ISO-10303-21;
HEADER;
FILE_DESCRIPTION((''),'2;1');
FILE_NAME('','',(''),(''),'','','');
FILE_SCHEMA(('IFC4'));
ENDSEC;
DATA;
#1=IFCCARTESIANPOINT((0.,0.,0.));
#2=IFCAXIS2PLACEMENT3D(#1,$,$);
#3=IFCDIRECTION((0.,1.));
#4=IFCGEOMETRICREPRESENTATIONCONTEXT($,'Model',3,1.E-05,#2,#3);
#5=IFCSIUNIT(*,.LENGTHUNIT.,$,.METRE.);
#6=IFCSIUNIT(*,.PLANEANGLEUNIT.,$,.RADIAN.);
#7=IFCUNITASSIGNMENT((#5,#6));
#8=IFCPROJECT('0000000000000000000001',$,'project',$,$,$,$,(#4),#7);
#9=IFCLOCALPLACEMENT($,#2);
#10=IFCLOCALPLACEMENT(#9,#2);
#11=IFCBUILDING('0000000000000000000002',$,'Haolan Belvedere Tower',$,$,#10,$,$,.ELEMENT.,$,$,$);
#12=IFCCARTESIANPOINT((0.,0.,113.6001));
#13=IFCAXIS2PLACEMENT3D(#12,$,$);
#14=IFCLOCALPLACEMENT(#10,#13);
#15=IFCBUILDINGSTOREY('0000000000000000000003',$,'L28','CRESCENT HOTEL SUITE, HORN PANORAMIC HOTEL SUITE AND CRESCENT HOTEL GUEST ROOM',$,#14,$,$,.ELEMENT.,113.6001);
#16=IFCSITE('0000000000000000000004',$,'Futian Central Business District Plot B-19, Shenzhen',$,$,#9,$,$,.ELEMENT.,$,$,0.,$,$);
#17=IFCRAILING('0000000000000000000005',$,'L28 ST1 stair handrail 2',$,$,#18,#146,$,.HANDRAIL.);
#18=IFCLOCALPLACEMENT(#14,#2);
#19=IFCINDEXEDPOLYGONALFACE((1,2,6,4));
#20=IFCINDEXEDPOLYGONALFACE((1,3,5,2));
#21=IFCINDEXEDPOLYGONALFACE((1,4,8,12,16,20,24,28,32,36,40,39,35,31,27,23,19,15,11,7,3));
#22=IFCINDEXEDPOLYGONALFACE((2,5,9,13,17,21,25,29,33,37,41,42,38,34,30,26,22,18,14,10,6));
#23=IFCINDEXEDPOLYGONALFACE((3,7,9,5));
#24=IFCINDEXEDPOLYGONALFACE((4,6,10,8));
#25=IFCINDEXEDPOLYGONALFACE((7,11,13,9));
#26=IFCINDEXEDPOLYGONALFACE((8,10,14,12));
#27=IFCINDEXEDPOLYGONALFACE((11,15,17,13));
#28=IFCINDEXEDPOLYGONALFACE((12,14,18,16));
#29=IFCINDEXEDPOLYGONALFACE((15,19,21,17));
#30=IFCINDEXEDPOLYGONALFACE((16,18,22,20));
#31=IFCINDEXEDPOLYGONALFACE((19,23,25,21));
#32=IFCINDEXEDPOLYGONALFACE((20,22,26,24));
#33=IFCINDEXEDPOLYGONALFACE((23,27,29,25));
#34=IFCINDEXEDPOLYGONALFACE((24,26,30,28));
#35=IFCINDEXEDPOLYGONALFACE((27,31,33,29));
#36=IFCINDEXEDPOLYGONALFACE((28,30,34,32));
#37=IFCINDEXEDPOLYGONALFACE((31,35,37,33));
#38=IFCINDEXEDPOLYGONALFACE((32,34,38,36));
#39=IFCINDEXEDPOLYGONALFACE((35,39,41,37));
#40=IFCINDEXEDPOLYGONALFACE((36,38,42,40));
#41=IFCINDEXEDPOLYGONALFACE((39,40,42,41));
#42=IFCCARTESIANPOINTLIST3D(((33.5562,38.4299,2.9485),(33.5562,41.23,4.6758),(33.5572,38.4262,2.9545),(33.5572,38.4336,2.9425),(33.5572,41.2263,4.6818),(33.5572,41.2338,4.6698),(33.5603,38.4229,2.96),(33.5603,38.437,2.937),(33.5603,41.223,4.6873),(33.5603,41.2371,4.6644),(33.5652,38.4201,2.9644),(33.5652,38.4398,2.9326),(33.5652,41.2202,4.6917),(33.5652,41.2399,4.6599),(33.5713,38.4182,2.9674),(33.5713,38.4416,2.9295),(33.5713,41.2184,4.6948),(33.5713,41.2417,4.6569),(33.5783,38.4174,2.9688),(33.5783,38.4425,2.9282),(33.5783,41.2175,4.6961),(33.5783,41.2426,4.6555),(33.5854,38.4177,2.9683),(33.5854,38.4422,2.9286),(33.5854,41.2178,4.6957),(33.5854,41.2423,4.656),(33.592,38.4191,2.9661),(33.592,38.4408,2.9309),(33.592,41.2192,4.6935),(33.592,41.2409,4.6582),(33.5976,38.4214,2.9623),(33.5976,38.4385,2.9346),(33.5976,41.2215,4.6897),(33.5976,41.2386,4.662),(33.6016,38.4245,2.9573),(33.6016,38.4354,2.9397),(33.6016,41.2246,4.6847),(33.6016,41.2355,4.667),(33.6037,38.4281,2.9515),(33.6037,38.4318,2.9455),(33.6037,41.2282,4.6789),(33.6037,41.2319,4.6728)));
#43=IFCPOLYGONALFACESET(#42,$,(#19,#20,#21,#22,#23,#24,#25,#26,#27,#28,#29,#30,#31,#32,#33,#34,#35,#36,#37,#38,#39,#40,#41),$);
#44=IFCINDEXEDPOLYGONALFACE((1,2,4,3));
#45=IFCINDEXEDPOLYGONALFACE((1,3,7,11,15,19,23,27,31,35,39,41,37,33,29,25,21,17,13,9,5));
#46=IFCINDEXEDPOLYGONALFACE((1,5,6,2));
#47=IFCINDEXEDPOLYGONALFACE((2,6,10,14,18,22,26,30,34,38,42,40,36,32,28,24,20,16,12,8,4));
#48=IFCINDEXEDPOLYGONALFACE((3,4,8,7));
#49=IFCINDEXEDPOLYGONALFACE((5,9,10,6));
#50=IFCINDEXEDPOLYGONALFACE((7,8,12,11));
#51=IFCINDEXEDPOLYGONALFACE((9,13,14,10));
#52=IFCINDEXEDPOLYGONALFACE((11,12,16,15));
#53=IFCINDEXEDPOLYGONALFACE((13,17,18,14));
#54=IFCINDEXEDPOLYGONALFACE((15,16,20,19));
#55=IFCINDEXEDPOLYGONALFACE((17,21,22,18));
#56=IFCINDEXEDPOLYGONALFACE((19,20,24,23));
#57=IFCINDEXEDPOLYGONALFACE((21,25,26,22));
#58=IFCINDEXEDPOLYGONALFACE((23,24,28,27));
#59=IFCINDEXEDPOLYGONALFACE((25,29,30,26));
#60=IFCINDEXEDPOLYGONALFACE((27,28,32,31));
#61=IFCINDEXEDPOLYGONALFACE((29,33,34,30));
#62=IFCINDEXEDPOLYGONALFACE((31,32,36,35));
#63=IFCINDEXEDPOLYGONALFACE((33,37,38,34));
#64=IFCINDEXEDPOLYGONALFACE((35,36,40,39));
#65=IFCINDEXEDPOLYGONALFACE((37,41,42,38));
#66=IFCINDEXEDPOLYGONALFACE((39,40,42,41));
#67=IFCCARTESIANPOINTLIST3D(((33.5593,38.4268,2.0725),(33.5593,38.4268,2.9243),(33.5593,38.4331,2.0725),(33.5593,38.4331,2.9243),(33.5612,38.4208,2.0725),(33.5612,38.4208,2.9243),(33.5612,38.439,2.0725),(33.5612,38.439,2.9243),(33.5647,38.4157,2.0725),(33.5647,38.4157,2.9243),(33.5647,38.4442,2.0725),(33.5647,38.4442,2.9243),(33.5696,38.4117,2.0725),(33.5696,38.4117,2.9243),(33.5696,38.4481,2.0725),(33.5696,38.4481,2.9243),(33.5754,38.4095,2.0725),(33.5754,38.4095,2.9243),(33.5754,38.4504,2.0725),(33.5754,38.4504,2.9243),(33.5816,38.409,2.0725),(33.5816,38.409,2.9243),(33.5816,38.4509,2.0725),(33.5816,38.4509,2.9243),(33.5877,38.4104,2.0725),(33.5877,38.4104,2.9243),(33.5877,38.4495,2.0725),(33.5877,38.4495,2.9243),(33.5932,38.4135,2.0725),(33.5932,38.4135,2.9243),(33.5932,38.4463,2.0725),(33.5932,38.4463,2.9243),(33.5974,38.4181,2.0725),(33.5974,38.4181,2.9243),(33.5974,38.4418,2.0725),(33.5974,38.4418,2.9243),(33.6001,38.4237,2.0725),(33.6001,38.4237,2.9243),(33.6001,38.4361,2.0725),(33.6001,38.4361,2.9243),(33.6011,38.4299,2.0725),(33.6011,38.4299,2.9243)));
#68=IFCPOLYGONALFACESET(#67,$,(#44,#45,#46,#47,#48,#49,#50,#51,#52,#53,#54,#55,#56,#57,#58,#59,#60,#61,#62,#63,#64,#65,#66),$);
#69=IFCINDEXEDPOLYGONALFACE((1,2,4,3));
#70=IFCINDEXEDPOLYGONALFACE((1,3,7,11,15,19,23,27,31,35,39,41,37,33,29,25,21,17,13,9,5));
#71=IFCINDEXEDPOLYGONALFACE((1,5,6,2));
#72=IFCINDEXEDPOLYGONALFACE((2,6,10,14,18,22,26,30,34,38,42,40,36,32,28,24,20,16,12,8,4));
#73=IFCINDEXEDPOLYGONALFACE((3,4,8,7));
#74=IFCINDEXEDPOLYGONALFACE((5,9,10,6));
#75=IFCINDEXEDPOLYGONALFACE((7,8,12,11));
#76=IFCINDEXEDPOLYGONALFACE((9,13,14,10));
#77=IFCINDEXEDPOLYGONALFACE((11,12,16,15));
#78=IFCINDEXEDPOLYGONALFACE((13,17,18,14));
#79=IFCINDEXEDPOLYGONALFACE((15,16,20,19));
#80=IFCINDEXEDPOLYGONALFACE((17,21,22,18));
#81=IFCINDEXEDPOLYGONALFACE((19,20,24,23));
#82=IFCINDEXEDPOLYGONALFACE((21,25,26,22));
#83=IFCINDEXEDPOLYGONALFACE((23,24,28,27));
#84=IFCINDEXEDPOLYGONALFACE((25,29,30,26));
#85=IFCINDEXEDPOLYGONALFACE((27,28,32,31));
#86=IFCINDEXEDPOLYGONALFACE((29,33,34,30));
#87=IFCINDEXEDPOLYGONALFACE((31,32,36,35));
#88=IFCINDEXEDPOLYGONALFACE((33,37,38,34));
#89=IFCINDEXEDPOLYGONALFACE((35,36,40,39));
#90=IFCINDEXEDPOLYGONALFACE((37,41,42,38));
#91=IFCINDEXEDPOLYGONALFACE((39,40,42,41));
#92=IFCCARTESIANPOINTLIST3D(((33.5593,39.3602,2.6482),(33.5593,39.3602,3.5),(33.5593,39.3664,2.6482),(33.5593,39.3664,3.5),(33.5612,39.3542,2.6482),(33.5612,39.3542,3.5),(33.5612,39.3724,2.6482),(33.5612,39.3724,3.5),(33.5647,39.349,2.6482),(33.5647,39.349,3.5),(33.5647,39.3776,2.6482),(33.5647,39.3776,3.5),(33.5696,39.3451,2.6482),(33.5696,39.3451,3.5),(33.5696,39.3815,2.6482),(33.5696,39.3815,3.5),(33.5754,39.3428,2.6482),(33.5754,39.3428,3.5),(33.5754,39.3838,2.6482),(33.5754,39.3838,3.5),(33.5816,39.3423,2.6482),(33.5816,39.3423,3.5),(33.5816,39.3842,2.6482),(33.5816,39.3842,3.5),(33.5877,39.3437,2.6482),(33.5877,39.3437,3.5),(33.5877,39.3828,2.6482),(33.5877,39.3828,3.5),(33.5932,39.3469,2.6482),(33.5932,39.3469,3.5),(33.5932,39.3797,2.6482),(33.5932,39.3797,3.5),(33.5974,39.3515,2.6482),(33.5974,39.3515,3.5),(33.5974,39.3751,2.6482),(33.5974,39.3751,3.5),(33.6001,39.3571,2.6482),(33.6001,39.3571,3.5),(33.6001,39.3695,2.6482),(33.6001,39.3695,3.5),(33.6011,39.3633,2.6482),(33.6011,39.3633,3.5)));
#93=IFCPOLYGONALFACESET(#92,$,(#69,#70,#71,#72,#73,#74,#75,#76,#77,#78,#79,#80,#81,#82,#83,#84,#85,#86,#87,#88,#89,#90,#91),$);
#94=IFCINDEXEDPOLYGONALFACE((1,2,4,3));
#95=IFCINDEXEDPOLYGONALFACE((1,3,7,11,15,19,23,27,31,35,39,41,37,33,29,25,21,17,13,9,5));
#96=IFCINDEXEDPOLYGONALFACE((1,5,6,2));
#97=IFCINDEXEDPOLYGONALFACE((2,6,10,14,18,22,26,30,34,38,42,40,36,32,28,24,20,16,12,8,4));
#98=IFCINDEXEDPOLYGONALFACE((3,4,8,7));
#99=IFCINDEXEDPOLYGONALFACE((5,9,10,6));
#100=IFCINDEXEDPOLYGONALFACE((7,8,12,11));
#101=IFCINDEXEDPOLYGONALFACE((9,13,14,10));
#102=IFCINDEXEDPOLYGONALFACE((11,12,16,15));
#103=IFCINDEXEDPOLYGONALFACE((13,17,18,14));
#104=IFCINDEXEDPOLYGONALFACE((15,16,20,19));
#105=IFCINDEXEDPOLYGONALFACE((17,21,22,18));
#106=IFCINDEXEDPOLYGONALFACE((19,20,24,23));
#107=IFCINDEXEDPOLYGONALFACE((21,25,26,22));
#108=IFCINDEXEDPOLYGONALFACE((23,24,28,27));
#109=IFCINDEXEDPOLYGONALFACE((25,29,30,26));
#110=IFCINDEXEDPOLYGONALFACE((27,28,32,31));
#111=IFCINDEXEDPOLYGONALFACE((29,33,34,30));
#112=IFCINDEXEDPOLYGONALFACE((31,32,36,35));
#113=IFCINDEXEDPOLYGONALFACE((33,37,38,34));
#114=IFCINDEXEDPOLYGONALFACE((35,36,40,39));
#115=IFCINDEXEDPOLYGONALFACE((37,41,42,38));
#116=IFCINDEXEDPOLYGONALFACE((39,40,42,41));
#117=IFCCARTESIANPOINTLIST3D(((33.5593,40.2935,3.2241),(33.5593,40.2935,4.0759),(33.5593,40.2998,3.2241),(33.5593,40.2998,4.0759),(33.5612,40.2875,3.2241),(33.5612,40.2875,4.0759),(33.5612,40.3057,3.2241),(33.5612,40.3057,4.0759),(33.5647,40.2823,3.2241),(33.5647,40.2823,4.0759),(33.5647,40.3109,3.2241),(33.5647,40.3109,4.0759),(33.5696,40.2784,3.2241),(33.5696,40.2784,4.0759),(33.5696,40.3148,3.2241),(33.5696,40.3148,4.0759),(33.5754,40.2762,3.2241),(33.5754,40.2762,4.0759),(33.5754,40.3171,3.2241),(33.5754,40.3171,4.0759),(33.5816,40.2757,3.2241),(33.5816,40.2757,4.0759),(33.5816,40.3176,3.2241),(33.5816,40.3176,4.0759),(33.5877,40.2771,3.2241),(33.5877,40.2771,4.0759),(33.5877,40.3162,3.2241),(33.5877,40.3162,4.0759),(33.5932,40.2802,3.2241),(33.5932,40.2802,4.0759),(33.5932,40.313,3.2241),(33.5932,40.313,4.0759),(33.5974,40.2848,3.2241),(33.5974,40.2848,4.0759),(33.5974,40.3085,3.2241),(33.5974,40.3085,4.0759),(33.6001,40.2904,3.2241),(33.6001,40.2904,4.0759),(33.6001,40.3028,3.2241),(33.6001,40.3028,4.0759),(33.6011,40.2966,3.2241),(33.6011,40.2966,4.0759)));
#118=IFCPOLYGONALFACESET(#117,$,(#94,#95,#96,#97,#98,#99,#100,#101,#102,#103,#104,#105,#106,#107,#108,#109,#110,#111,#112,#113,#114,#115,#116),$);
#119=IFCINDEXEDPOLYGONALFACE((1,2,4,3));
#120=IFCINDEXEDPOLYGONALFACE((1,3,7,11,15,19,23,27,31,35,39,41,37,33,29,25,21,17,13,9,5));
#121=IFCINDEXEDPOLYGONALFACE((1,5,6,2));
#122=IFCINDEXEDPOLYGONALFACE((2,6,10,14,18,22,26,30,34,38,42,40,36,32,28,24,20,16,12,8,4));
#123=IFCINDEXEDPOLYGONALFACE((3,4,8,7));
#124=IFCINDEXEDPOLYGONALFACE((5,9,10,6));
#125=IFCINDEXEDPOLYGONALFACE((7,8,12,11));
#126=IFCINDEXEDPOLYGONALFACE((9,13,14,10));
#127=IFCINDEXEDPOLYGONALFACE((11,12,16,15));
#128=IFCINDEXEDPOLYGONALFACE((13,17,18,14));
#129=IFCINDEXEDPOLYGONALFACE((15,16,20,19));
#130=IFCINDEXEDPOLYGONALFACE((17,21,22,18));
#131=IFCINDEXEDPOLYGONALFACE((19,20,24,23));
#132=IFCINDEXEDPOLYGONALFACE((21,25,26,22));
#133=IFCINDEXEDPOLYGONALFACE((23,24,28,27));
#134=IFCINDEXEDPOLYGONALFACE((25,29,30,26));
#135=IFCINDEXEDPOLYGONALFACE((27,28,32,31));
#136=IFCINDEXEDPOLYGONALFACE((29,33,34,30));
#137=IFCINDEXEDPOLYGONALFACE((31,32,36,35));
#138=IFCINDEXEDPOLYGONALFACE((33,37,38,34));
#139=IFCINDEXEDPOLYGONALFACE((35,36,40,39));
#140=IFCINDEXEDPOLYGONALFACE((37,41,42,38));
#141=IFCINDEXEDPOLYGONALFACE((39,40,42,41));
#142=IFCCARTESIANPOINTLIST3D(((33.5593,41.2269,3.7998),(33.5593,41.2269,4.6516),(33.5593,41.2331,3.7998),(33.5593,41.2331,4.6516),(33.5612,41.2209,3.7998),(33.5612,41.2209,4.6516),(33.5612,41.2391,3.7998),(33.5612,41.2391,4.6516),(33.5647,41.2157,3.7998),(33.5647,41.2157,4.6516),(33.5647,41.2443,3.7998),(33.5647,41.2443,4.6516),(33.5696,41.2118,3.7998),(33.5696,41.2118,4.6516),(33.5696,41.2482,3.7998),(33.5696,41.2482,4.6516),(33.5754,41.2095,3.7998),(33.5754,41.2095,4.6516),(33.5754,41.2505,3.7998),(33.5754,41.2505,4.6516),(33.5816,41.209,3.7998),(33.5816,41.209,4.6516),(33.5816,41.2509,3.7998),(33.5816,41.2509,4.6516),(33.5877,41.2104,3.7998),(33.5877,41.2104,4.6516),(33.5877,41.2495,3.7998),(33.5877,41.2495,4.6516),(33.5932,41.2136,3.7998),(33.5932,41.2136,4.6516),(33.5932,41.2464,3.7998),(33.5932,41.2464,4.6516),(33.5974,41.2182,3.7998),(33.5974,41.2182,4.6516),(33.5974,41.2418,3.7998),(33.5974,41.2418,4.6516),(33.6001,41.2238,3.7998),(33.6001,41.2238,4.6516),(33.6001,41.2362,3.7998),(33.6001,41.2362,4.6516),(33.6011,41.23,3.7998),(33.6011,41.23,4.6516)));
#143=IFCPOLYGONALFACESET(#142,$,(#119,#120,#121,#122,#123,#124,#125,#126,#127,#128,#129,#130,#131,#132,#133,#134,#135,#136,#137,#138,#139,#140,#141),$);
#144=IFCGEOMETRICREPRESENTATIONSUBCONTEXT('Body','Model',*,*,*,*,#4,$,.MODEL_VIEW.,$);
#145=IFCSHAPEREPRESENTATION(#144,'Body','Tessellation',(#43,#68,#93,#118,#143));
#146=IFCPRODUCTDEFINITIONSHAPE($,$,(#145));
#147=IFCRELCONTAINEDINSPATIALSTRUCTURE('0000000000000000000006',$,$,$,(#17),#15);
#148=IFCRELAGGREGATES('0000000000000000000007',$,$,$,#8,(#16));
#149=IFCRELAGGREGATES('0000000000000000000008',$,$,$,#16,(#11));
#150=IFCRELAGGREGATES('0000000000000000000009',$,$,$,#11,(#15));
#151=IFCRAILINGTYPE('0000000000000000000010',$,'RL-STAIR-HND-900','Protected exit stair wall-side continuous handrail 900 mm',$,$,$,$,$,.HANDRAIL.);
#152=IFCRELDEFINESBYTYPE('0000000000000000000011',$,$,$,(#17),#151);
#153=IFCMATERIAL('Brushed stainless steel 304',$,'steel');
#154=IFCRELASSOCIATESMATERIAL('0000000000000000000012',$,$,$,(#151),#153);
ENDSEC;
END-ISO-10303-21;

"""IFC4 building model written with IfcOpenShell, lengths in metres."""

from ifc_helpers import new_model, si_unit, direction, frame, origin, origin_2d, place, context, subcontext, project, spatial, circle, extrude, material, type_object, element, save


model = new_model("IFC4")

# Units and contexts
model_context = context("Model", 3, precision=1e-05, world=origin(), true_north=direction((0.0, 1.0)))
body_context = subcontext(model_context, "Body", "Model", "MODEL_VIEW")
ifc_project = project(units=[si_unit("LENGTHUNIT", "METRE"), si_unit("PLANEANGLEUNIT", "RADIAN")], contexts=[model_context])

# Site, building, storey
site_placement = place(None, origin())
site = spatial("IfcSite", under=ifc_project, at=site_placement, Name="Futian Central Business District Plot B-19, Shenzhen", CompositionType="ELEMENT", RefElevation=0.0)
building_placement = place(site_placement, origin())
building = spatial("IfcBuilding", under=site, at=building_placement, Name="Haolan Belvedere Tower", CompositionType="ELEMENT")
storey_placement = place(building_placement, frame((0.0, 0.0, 113.6001)))
storey = spatial("IfcBuildingStorey", under=building, at=storey_placement, Name="L28", Description="CRESCENT HOTEL SUITE, HORN PANORAMIC HOTEL SUITE AND CRESCENT HOTEL GUEST ROOM", CompositionType="ELEMENT", Elevation=113.6001)

# Railing
ifc_material_1 = material(Name="Brushed stainless steel 304", Category="steel")
railing_type_1 = type_object("IfcRailingType", Name="RL-STAIR-HND-900", Description="Protected exit stair wall-side continuous handrail 900 mm", PredefinedType="HANDRAIL", material=ifc_material_1)
railing_1_placement = place(storey_placement, frame((33.5801, 38.4299, 2.0725)))
element("IfcRailing", 1, at=railing_1_placement, inside=storey, type_object=railing_type_1, Name="L28 ST1 stair handrail 2", PredefinedType="HANDRAIL", context=body_context, shape_type="SweptSolid", body=[
    extrude(circle(Radius=0.0239, at=origin_2d()), frame((0.0, 0.0, 0.876), z_axis=(0.0, 0.85109, 0.52502), x_axis=(-1.0, 0.0, 0.0)), (0.0, 0.0, 1.0), 3.29),
    extrude(circle(Radius=0.021, at=origin_2d()), origin(), (0.0, 0.0, 1.0), 0.8518),
    extrude(circle(Radius=0.021, at=origin_2d()), frame((0.0, 0.9333, 0.5757)), (0.0, 0.0, 1.0), 0.8518),
    extrude(circle(Radius=0.021, at=origin_2d()), frame((0.0, 1.8667, 1.1516)), (0.0, 0.0, 1.0), 0.8518),
    extrude(circle(Radius=0.021, at=origin_2d()), frame((0.0, 2.8, 1.7273)), (0.0, 0.0, 1.0), 0.8518),
])

save(model, "model.ifc")
